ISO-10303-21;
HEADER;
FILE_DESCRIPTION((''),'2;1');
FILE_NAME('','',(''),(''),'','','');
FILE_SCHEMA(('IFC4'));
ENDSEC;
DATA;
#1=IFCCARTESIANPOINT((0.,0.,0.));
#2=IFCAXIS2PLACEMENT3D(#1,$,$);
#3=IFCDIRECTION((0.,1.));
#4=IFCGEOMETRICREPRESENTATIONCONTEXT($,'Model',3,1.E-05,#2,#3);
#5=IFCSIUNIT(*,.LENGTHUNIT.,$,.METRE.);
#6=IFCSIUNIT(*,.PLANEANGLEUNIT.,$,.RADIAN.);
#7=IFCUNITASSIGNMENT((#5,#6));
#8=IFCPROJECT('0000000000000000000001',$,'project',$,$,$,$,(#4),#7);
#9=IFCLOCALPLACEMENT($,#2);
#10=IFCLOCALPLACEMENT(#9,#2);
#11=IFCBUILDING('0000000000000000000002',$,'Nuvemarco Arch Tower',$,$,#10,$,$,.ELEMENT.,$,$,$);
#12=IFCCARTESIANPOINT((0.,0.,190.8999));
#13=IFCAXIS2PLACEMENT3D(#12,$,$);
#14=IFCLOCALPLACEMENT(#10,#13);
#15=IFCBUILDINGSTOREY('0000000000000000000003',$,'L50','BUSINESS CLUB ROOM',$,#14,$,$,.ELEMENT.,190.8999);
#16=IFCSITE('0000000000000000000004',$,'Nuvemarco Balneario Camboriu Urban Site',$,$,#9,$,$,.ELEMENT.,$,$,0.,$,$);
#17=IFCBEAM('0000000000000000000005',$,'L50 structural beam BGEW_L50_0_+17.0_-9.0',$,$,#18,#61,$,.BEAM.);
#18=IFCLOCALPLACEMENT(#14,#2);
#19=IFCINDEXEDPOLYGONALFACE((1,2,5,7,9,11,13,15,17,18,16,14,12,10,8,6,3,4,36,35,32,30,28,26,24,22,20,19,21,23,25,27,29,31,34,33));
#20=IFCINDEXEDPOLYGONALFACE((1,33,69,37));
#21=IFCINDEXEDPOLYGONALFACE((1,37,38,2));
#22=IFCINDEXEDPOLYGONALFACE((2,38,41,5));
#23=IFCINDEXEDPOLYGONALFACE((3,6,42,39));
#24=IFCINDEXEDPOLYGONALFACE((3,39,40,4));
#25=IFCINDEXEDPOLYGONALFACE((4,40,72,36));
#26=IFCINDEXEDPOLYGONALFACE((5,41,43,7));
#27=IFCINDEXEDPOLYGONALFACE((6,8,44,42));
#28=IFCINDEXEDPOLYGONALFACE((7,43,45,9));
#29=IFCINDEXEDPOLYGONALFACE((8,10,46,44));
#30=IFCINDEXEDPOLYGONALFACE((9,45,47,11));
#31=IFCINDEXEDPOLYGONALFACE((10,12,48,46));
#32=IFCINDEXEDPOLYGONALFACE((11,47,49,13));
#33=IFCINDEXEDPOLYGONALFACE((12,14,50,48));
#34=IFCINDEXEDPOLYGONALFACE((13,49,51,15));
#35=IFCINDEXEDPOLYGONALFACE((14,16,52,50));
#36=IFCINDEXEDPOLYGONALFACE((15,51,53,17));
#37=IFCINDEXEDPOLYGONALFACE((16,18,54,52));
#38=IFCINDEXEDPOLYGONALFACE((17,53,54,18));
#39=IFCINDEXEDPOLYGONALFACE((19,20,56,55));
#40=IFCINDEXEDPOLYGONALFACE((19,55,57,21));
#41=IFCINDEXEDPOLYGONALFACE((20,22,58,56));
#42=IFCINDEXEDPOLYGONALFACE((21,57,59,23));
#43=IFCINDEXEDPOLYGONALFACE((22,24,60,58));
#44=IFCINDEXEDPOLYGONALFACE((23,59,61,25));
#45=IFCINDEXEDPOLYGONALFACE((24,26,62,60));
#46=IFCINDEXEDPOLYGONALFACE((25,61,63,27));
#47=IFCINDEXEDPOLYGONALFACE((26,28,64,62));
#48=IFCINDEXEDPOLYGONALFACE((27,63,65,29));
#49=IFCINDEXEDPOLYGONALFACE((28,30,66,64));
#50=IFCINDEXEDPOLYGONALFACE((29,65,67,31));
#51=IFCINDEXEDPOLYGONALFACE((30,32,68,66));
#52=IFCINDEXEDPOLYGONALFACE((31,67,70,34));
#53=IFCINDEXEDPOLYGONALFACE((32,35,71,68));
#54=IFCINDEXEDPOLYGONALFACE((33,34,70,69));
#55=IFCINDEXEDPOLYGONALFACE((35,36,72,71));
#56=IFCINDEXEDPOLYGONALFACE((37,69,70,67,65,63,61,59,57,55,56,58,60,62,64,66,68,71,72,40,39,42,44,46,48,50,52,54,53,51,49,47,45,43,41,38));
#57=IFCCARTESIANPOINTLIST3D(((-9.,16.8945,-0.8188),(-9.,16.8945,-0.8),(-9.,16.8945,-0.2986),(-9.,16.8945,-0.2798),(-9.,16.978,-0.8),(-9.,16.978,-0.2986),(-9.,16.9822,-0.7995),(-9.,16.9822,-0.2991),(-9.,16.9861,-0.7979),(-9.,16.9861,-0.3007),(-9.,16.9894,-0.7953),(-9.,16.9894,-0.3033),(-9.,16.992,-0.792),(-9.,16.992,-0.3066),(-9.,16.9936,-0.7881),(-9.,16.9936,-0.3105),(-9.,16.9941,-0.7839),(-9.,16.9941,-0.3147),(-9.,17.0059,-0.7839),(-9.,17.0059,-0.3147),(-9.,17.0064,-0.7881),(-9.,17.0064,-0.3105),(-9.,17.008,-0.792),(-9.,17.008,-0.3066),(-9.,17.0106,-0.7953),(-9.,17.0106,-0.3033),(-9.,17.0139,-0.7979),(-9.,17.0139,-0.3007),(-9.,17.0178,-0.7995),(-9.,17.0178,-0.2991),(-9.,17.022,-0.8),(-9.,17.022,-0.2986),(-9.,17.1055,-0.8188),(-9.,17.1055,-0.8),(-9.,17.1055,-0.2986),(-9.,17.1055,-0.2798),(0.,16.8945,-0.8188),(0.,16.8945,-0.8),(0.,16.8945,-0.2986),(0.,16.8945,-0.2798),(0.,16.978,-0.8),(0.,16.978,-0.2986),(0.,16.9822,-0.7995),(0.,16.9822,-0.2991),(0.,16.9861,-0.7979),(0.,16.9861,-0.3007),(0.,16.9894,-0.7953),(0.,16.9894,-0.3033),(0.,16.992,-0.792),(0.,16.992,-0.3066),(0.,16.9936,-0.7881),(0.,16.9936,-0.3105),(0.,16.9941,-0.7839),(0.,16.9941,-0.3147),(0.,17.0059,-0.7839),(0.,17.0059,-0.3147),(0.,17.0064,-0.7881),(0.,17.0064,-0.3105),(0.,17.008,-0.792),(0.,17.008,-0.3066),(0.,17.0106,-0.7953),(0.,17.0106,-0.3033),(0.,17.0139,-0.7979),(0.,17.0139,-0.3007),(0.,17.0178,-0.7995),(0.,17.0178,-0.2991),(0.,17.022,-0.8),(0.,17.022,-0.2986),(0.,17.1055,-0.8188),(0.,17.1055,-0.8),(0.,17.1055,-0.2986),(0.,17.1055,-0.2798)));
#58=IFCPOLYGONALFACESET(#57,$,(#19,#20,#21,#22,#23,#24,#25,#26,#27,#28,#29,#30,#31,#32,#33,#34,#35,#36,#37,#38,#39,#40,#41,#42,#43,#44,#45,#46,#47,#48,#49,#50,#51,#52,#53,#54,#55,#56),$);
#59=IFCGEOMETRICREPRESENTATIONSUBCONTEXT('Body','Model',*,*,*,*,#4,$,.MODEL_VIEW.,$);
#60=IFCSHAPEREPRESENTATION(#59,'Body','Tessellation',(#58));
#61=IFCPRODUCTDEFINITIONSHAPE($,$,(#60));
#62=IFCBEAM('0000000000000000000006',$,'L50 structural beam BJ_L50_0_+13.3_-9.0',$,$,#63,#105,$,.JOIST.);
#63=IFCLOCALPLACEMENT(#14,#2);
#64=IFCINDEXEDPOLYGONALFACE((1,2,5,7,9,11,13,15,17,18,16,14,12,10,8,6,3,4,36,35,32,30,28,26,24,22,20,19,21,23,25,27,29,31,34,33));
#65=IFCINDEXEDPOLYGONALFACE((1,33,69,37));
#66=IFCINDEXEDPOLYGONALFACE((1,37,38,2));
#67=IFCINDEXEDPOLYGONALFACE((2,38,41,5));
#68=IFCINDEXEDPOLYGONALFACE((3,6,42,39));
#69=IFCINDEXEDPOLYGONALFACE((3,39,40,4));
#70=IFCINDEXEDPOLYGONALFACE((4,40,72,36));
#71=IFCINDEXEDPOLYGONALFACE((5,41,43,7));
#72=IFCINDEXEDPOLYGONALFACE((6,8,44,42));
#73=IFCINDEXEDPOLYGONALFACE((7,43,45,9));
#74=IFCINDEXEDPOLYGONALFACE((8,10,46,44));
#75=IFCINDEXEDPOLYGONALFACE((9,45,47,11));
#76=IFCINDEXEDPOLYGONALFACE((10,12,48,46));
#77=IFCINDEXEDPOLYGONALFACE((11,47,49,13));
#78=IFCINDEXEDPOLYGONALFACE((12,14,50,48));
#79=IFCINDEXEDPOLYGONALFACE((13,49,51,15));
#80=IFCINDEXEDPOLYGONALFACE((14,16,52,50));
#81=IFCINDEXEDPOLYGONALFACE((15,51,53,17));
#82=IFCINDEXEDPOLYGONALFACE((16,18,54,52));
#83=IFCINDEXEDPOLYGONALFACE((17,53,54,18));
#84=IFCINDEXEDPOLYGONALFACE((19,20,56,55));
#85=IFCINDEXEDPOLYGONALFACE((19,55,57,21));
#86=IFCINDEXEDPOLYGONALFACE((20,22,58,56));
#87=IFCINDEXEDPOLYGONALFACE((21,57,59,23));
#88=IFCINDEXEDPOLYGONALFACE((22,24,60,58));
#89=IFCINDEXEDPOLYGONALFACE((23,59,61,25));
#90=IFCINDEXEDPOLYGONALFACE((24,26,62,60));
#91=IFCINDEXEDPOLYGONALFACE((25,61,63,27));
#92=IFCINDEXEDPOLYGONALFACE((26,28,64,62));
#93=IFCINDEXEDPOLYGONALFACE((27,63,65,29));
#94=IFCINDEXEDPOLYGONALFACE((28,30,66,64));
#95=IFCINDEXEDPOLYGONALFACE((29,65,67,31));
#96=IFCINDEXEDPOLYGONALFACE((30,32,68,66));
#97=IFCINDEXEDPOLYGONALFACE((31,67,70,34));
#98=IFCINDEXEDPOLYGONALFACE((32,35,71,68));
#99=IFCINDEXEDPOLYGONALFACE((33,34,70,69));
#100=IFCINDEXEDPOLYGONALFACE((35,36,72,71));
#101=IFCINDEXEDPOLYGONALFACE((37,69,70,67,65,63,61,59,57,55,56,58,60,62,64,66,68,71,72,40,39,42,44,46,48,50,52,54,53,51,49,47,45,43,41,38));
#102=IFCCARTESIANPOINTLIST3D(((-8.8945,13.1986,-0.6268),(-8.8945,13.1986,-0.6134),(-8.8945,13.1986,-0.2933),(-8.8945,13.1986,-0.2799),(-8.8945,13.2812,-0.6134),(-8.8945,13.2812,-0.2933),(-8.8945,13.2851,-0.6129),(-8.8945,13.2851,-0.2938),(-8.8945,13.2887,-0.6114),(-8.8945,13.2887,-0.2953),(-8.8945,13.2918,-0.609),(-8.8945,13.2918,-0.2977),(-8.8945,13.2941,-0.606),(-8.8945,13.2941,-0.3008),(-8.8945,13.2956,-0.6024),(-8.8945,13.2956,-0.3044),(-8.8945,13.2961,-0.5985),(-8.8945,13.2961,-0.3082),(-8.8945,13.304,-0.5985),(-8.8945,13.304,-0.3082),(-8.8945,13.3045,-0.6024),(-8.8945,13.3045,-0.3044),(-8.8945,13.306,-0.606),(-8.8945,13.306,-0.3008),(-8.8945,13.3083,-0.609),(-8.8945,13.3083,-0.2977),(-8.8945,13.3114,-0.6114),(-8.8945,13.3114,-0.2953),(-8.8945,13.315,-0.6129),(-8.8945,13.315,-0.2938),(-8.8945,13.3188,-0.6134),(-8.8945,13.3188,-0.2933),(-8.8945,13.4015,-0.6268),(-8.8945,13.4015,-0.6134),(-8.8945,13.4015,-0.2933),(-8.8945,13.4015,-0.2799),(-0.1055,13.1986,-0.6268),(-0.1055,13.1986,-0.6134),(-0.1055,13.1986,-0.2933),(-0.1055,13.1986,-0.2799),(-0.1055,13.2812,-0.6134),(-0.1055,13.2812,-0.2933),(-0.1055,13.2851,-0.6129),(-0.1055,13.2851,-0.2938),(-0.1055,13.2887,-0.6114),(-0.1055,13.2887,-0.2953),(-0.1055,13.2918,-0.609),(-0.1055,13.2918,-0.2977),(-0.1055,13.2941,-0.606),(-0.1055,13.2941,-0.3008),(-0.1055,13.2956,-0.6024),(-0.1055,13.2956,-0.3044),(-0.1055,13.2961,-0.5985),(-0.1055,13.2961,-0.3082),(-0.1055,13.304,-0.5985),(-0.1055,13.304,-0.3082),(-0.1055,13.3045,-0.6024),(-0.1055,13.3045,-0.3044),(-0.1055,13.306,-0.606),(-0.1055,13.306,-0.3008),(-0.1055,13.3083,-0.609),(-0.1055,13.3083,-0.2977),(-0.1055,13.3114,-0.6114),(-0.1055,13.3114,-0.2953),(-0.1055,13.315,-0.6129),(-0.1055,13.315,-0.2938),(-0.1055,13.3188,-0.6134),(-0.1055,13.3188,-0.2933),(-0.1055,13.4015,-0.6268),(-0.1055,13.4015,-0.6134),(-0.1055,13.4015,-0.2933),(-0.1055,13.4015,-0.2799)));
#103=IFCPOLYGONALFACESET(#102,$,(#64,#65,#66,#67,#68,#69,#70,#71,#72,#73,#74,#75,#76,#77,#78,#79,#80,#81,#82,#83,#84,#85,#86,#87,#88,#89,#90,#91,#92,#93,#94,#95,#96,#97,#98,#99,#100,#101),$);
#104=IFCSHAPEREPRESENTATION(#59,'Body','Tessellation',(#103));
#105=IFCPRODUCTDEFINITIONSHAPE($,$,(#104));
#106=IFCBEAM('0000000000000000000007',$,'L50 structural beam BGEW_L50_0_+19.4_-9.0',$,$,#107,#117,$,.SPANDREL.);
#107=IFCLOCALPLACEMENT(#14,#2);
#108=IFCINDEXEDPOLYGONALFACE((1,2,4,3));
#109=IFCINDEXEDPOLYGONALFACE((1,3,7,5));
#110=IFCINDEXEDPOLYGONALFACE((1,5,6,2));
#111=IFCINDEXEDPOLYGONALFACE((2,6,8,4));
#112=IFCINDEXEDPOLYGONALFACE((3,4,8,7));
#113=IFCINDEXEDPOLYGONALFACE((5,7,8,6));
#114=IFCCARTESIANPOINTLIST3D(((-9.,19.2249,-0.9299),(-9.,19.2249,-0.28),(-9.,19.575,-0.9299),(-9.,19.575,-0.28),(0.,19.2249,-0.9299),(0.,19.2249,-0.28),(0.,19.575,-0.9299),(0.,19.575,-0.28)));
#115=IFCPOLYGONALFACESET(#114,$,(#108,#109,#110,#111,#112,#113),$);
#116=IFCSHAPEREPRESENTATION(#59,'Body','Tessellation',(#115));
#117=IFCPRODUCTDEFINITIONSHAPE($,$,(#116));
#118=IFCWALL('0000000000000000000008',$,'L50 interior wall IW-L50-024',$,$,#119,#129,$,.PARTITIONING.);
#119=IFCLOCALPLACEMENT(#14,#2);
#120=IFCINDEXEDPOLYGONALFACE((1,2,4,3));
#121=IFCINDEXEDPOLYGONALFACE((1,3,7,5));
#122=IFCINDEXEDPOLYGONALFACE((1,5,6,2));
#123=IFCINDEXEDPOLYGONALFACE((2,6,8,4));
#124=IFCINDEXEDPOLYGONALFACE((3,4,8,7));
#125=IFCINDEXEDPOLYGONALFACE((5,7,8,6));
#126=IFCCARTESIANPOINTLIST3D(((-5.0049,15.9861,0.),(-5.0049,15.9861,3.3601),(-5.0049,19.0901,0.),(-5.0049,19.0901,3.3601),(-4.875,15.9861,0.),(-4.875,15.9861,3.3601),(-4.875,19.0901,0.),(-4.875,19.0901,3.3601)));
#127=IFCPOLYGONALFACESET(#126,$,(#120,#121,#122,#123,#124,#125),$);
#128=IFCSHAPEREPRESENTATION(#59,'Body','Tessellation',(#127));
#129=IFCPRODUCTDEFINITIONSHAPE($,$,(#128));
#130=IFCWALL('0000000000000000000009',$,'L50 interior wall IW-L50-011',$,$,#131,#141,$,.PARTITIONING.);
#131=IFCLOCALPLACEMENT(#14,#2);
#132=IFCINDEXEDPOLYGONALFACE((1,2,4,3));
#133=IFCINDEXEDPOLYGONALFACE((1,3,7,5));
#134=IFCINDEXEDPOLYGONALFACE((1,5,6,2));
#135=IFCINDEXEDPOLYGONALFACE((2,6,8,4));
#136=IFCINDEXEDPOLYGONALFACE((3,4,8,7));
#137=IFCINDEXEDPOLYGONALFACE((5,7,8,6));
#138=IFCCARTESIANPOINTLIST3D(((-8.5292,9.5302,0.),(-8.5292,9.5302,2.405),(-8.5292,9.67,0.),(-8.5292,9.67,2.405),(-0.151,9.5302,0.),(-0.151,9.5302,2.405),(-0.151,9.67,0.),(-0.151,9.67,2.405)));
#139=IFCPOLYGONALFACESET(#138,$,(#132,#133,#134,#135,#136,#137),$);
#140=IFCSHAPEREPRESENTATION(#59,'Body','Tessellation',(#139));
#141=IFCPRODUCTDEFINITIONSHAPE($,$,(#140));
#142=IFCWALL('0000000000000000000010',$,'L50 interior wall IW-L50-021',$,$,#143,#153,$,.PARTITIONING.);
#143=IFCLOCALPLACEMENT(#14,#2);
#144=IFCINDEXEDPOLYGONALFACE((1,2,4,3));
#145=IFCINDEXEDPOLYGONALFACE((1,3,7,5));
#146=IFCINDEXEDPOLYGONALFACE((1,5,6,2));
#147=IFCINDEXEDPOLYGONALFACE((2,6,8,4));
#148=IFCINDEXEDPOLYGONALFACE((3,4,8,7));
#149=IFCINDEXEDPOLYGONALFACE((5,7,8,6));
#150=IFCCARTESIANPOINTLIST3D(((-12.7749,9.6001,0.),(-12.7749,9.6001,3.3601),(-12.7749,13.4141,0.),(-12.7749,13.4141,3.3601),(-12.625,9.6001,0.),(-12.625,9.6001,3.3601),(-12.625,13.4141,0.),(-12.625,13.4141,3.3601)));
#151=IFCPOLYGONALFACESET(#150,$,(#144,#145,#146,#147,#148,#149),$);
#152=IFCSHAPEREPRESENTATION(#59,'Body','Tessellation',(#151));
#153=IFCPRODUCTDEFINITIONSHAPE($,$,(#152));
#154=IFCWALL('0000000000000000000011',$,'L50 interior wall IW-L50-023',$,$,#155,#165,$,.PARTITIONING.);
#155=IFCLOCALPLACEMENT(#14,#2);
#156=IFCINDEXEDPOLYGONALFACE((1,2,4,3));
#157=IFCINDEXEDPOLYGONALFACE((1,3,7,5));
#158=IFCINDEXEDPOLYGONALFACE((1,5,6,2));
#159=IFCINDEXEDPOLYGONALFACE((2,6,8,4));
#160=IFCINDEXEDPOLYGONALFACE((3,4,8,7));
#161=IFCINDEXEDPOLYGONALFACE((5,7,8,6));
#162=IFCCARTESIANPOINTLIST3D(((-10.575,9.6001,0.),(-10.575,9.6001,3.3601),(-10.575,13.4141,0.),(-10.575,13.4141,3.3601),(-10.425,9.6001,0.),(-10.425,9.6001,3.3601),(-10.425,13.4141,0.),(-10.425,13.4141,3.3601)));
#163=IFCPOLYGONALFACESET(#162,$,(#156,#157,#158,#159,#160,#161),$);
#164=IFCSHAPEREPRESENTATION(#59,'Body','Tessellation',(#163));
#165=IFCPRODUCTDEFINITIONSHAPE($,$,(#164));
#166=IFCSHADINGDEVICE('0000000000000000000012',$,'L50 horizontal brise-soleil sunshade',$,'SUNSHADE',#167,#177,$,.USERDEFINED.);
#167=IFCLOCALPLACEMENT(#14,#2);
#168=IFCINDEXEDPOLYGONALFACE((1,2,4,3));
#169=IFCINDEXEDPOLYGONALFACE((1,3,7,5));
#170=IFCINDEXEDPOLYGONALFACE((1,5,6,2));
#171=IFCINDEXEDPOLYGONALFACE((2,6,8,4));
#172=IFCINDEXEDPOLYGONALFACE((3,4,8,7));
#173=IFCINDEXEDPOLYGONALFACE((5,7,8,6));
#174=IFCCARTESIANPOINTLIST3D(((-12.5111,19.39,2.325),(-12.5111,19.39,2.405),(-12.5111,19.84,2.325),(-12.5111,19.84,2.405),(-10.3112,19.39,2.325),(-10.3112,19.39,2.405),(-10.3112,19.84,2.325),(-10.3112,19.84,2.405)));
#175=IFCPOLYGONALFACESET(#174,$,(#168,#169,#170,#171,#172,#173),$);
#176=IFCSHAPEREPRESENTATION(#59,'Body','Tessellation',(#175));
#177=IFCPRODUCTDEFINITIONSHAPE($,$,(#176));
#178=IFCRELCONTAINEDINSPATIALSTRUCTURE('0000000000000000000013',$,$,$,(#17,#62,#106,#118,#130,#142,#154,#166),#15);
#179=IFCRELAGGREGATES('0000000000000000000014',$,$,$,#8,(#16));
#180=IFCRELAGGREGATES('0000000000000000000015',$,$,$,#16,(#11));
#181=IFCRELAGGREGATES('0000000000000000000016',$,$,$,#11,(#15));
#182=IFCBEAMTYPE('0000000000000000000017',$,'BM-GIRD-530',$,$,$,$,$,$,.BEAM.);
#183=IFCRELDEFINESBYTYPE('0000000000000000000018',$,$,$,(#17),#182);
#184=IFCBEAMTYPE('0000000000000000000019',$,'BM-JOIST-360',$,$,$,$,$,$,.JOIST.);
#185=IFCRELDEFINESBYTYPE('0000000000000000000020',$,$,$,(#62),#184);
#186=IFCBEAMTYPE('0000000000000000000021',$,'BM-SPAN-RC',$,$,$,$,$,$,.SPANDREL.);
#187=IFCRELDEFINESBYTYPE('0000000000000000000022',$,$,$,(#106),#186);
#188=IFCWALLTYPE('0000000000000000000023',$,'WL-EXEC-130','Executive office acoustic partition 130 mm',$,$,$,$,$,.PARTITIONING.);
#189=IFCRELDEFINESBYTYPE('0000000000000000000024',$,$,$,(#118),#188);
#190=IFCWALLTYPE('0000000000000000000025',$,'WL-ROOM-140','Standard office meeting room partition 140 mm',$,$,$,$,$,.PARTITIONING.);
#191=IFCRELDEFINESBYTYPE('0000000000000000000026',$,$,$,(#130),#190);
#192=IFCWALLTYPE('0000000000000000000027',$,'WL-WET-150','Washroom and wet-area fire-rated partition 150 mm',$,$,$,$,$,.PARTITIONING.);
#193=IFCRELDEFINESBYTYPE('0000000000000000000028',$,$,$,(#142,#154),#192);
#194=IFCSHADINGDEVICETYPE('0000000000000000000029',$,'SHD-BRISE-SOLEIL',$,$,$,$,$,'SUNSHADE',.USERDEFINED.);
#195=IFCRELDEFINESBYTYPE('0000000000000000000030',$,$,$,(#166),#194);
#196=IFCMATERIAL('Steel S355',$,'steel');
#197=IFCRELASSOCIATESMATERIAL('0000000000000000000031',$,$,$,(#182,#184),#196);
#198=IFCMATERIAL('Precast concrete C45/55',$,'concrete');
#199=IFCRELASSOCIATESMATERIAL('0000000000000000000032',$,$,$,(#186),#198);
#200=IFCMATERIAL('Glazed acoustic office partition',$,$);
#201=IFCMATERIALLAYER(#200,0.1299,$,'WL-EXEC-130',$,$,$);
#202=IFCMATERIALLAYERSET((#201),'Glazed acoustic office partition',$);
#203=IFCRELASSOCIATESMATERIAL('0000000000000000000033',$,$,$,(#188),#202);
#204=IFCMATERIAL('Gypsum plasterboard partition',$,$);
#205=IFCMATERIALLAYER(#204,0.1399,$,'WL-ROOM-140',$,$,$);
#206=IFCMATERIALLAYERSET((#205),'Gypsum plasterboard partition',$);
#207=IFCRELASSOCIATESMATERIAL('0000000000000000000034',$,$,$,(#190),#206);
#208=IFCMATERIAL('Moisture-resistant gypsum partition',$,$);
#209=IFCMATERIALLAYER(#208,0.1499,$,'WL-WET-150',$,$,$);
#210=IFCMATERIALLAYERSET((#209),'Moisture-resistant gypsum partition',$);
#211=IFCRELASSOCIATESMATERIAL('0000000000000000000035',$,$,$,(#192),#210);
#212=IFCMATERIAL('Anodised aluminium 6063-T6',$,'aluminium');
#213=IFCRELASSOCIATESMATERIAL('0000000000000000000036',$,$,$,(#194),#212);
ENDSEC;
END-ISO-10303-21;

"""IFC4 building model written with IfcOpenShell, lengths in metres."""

from ifc_helpers import new_model, si_unit, direction, frame, frame_2d, origin, origin_2d, place, context, subcontext, project, spatial, rectangle, i_section, extrude, source, transform, mapped, material, layer, layer_set, material_profile, profile_set, type_object, type_shapes, element, save


model = new_model("IFC4")

# Units and contexts
model_context = context("Model", 3, precision=1e-05, world=origin(), true_north=direction((0.0, 1.0)))
body_context = subcontext(model_context, "Body", "Model", "MODEL_VIEW")
ifc_project = project(units=[si_unit("LENGTHUNIT", "METRE"), si_unit("PLANEANGLEUNIT", "RADIAN")], contexts=[model_context])

# Site, building, storey
site_placement = place(None, origin())
site = spatial("IfcSite", under=ifc_project, at=site_placement, Name="Nuvemarco Balneario Camboriu Urban Site", CompositionType="ELEMENT", RefElevation=0.0)
building_placement = place(site_placement, origin())
building = spatial("IfcBuilding", under=site, at=building_placement, Name="Nuvemarco Arch Tower", CompositionType="ELEMENT")
storey_placement = place(building_placement, frame((0.0, 0.0, 190.8999)))
storey = spatial("IfcBuildingStorey", under=building, at=storey_placement, Name="L50", Description="BUSINESS CLUB ROOM", CompositionType="ELEMENT", Elevation=190.8999)

# Shared definitions
ifc_material_1 = material(Name="Steel S355", Category="steel")

# Beams
ifc_material_profile_1 = material_profile(ifc_material_1, i_section(OverallWidth=0.2109, OverallDepth=0.5391, WebThickness=0.0117, FlangeThickness=0.0188, FilletRadius=0.0161, at=origin_2d()), Name="W530x109")
ifc_profile_set_1 = profile_set([ifc_material_profile_1], Name="Steel S355")
beam_type_1 = type_object("IfcBeamType", Name="BM-GIRD-530", PredefinedType="BEAM", material=ifc_profile_set_1)
beam_1_placement = place(storey_placement, frame((-9.0, 17.0, -0.5493), z_axis=(1.0, 0.0, 0.0), x_axis=(0.0, 1.0, 0.0)))
element("IfcBeam", 1, at=beam_1_placement, inside=storey, type_object=beam_type_1, Name="L50 structural beam BGEW_L50_0_+17.0_-9.0", PredefinedType="BEAM", context=body_context, shape_type="SweptSolid", body=[
    extrude(i_section(OverallWidth=0.2109, OverallDepth=0.5391, WebThickness=0.0117, FlangeThickness=0.0188, FilletRadius=0.0161, at=origin_2d()), origin(), (0.0, 0.0, 1.0), 9.0),
])
ifc_material_profile_2 = material_profile(ifc_material_1, i_section(OverallWidth=0.2029, OverallDepth=0.3469, WebThickness=0.0078, FlangeThickness=0.0134, FilletRadius=0.0149, at=origin_2d()), Name="W360x64")
ifc_profile_set_2 = profile_set([ifc_material_profile_2], Name="Steel S355")
beam_type_2 = type_object("IfcBeamType", Name="BM-JOIST-360", PredefinedType="JOIST", material=ifc_profile_set_2)
beam_2_placement = place(storey_placement, frame((-8.8945, 13.3, -0.4534), z_axis=(1.0, 0.0, 0.0), x_axis=(0.0, 1.0, 0.0)))
element("IfcBeam", 2, at=beam_2_placement, inside=storey, type_object=beam_type_2, Name="L50 structural beam BJ_L50_0_+13.3_-9.0", PredefinedType="JOIST", context=body_context, shape_type="SweptSolid", body=[
    extrude(i_section(OverallWidth=0.2029, OverallDepth=0.3469, WebThickness=0.0078, FlangeThickness=0.0134, FilletRadius=0.0149, at=origin_2d()), origin(), (0.0, 0.0, 1.0), 8.7891),
])
ifc_material_2 = material(Name="Precast concrete C45/55", Category="concrete")
ifc_material_profile_3 = material_profile(ifc_material_2, rectangle(XDim=0.3501, YDim=0.6499, at=origin_2d()), Name="PC-SP-350x650")
ifc_profile_set_3 = profile_set([ifc_material_profile_3], Name="Precast concrete C45/55")
beam_type_3 = type_object("IfcBeamType", Name="BM-SPAN-RC", PredefinedType="SPANDREL", material=ifc_profile_set_3)
beam_3_placement = place(storey_placement, frame((-9.0, 19.3999, -0.605), z_axis=(1.0, 0.0, 0.0), x_axis=(0.0, 1.0, 0.0)))
element("IfcBeam", 3, at=beam_3_placement, inside=storey, type_object=beam_type_3, Name="L50 structural beam BGEW_L50_0_+19.4_-9.0", PredefinedType="SPANDREL", context=body_context, shape_type="SweptSolid", body=[
    extrude(rectangle(XDim=0.3501, YDim=0.6499, at=origin_2d()), origin(), (0.0, 0.0, 1.0), 9.0),
])

# Walls
ifc_material_3 = material(Name="Glazed acoustic office partition")
ifc_layer_1 = layer(ifc_material_3, 0.1299, Name="WL-EXEC-130")
ifc_layer_set_1 = layer_set([ifc_layer_1], Name="Glazed acoustic office partition")
wall_type_1 = type_object("IfcWallType", Name="WL-EXEC-130", Description="Executive office acoustic partition 130 mm", PredefinedType="PARTITIONING", material=ifc_layer_set_1)
wall_1_placement = place(storey_placement, frame((-4.9399, 15.9861, 0.0), z_axis=(0.0, 0.0, 1.0), x_axis=(0.0, 1.0, 0.0)))
element("IfcWall", 4, at=wall_1_placement, inside=storey, type_object=wall_type_1, Name="L50 interior wall IW-L50-024", PredefinedType="PARTITIONING", context=body_context, shape_type="SweptSolid", body=[
    extrude(rectangle(XDim=3.104, YDim=0.1299, at=frame_2d((1.552, 0.0))), origin(), (0.0, 0.0, 1.0), 3.3601),
])
ifc_material_4 = material(Name="Gypsum plasterboard partition")
ifc_layer_2 = layer(ifc_material_4, 0.1399, Name="WL-ROOM-140")
ifc_layer_set_2 = layer_set([ifc_layer_2], Name="Gypsum plasterboard partition")
wall_type_2 = type_object("IfcWallType", Name="WL-ROOM-140", Description="Standard office meeting room partition 140 mm", PredefinedType="PARTITIONING", material=ifc_layer_set_2)
wall_2_placement = place(storey_placement, frame((-8.5291, 9.6001, 0.0), z_axis=(0.0, 0.0, 1.0), x_axis=(1.0, 0.0, 0.0)))
element("IfcWall", 5, at=wall_2_placement, inside=storey, type_object=wall_type_2, Name="L50 interior wall IW-L50-011", PredefinedType="PARTITIONING", context=body_context, shape_type="SweptSolid", body=[
    extrude(rectangle(XDim=8.3782, YDim=0.1399, at=frame_2d((4.189, 0.0))), origin(), (0.0, 0.0, 1.0), 2.405),
])
ifc_material_5 = material(Name="Moisture-resistant gypsum partition")
ifc_layer_3 = layer(ifc_material_5, 0.1499, Name="WL-WET-150")
ifc_layer_set_3 = layer_set([ifc_layer_3], Name="Moisture-resistant gypsum partition")
wall_type_3 = type_object("IfcWallType", Name="WL-WET-150", Description="Washroom and wet-area fire-rated partition 150 mm", PredefinedType="PARTITIONING", material=ifc_layer_set_3)
for number, where, z_axis, x_axis, name in (
    (6, (-12.7, 9.6001, 0.0), (0.0, 0.0, 1.0), (0.0, 1.0, 0.0), "L50 interior wall IW-L50-021"),
    (7, (-10.5, 9.6001, 0.0), (0.0, 0.0, 1.0), (0.0, 1.0, 0.0), "L50 interior wall IW-L50-023"),
):
    element("IfcWall", number, at=place(storey_placement, frame(where, z_axis=z_axis, x_axis=x_axis)), inside=storey, type_object=wall_type_3, Name=name, PredefinedType="PARTITIONING", context=body_context, shape_type="SweptSolid", body=[
        extrude(rectangle(XDim=3.814, YDim=0.1499, at=frame_2d((1.907, 0.0))), origin(), (0.0, 0.0, 1.0), 3.3601),
    ])

# Shading device
ifc_material_6 = material(Name="Anodised aluminium 6063-T6", Category="aluminium")
shading_device_type = type_object("IfcShadingDeviceType", Name="SHD-BRISE-SOLEIL", ElementType="SUNSHADE", PredefinedType="USERDEFINED", material=ifc_material_6)
shared_shape_1 = source(origin(), body_context, "Body", "SweptSolid", [
    extrude(rectangle(XDim=2.2, YDim=0.45, at=origin_2d()), origin(), (0.0, 0.0, 1.0), 0.0801),
])
type_shapes(shading_device_type, [shared_shape_1])
for number, where, z_axis, x_axis, name in (
    (8, (-11.4111, 19.615, 2.325), (0.0, 0.0, 1.0), (1.0, 0.0, 0.0), "L50 horizontal brise-soleil sunshade"),
):
    element("IfcShadingDevice", number, at=place(storey_placement, frame(where, z_axis=z_axis, x_axis=x_axis)), inside=storey, type_object=shading_device_type, Name=name, ObjectType="SUNSHADE", PredefinedType="USERDEFINED", context=body_context, shape_type="MappedRepresentation", body=[
        mapped(shared_shape_1, transform((0.0, 0.0, 0.0), scale=1.0)),
    ])

save(model, "model.ifc")
